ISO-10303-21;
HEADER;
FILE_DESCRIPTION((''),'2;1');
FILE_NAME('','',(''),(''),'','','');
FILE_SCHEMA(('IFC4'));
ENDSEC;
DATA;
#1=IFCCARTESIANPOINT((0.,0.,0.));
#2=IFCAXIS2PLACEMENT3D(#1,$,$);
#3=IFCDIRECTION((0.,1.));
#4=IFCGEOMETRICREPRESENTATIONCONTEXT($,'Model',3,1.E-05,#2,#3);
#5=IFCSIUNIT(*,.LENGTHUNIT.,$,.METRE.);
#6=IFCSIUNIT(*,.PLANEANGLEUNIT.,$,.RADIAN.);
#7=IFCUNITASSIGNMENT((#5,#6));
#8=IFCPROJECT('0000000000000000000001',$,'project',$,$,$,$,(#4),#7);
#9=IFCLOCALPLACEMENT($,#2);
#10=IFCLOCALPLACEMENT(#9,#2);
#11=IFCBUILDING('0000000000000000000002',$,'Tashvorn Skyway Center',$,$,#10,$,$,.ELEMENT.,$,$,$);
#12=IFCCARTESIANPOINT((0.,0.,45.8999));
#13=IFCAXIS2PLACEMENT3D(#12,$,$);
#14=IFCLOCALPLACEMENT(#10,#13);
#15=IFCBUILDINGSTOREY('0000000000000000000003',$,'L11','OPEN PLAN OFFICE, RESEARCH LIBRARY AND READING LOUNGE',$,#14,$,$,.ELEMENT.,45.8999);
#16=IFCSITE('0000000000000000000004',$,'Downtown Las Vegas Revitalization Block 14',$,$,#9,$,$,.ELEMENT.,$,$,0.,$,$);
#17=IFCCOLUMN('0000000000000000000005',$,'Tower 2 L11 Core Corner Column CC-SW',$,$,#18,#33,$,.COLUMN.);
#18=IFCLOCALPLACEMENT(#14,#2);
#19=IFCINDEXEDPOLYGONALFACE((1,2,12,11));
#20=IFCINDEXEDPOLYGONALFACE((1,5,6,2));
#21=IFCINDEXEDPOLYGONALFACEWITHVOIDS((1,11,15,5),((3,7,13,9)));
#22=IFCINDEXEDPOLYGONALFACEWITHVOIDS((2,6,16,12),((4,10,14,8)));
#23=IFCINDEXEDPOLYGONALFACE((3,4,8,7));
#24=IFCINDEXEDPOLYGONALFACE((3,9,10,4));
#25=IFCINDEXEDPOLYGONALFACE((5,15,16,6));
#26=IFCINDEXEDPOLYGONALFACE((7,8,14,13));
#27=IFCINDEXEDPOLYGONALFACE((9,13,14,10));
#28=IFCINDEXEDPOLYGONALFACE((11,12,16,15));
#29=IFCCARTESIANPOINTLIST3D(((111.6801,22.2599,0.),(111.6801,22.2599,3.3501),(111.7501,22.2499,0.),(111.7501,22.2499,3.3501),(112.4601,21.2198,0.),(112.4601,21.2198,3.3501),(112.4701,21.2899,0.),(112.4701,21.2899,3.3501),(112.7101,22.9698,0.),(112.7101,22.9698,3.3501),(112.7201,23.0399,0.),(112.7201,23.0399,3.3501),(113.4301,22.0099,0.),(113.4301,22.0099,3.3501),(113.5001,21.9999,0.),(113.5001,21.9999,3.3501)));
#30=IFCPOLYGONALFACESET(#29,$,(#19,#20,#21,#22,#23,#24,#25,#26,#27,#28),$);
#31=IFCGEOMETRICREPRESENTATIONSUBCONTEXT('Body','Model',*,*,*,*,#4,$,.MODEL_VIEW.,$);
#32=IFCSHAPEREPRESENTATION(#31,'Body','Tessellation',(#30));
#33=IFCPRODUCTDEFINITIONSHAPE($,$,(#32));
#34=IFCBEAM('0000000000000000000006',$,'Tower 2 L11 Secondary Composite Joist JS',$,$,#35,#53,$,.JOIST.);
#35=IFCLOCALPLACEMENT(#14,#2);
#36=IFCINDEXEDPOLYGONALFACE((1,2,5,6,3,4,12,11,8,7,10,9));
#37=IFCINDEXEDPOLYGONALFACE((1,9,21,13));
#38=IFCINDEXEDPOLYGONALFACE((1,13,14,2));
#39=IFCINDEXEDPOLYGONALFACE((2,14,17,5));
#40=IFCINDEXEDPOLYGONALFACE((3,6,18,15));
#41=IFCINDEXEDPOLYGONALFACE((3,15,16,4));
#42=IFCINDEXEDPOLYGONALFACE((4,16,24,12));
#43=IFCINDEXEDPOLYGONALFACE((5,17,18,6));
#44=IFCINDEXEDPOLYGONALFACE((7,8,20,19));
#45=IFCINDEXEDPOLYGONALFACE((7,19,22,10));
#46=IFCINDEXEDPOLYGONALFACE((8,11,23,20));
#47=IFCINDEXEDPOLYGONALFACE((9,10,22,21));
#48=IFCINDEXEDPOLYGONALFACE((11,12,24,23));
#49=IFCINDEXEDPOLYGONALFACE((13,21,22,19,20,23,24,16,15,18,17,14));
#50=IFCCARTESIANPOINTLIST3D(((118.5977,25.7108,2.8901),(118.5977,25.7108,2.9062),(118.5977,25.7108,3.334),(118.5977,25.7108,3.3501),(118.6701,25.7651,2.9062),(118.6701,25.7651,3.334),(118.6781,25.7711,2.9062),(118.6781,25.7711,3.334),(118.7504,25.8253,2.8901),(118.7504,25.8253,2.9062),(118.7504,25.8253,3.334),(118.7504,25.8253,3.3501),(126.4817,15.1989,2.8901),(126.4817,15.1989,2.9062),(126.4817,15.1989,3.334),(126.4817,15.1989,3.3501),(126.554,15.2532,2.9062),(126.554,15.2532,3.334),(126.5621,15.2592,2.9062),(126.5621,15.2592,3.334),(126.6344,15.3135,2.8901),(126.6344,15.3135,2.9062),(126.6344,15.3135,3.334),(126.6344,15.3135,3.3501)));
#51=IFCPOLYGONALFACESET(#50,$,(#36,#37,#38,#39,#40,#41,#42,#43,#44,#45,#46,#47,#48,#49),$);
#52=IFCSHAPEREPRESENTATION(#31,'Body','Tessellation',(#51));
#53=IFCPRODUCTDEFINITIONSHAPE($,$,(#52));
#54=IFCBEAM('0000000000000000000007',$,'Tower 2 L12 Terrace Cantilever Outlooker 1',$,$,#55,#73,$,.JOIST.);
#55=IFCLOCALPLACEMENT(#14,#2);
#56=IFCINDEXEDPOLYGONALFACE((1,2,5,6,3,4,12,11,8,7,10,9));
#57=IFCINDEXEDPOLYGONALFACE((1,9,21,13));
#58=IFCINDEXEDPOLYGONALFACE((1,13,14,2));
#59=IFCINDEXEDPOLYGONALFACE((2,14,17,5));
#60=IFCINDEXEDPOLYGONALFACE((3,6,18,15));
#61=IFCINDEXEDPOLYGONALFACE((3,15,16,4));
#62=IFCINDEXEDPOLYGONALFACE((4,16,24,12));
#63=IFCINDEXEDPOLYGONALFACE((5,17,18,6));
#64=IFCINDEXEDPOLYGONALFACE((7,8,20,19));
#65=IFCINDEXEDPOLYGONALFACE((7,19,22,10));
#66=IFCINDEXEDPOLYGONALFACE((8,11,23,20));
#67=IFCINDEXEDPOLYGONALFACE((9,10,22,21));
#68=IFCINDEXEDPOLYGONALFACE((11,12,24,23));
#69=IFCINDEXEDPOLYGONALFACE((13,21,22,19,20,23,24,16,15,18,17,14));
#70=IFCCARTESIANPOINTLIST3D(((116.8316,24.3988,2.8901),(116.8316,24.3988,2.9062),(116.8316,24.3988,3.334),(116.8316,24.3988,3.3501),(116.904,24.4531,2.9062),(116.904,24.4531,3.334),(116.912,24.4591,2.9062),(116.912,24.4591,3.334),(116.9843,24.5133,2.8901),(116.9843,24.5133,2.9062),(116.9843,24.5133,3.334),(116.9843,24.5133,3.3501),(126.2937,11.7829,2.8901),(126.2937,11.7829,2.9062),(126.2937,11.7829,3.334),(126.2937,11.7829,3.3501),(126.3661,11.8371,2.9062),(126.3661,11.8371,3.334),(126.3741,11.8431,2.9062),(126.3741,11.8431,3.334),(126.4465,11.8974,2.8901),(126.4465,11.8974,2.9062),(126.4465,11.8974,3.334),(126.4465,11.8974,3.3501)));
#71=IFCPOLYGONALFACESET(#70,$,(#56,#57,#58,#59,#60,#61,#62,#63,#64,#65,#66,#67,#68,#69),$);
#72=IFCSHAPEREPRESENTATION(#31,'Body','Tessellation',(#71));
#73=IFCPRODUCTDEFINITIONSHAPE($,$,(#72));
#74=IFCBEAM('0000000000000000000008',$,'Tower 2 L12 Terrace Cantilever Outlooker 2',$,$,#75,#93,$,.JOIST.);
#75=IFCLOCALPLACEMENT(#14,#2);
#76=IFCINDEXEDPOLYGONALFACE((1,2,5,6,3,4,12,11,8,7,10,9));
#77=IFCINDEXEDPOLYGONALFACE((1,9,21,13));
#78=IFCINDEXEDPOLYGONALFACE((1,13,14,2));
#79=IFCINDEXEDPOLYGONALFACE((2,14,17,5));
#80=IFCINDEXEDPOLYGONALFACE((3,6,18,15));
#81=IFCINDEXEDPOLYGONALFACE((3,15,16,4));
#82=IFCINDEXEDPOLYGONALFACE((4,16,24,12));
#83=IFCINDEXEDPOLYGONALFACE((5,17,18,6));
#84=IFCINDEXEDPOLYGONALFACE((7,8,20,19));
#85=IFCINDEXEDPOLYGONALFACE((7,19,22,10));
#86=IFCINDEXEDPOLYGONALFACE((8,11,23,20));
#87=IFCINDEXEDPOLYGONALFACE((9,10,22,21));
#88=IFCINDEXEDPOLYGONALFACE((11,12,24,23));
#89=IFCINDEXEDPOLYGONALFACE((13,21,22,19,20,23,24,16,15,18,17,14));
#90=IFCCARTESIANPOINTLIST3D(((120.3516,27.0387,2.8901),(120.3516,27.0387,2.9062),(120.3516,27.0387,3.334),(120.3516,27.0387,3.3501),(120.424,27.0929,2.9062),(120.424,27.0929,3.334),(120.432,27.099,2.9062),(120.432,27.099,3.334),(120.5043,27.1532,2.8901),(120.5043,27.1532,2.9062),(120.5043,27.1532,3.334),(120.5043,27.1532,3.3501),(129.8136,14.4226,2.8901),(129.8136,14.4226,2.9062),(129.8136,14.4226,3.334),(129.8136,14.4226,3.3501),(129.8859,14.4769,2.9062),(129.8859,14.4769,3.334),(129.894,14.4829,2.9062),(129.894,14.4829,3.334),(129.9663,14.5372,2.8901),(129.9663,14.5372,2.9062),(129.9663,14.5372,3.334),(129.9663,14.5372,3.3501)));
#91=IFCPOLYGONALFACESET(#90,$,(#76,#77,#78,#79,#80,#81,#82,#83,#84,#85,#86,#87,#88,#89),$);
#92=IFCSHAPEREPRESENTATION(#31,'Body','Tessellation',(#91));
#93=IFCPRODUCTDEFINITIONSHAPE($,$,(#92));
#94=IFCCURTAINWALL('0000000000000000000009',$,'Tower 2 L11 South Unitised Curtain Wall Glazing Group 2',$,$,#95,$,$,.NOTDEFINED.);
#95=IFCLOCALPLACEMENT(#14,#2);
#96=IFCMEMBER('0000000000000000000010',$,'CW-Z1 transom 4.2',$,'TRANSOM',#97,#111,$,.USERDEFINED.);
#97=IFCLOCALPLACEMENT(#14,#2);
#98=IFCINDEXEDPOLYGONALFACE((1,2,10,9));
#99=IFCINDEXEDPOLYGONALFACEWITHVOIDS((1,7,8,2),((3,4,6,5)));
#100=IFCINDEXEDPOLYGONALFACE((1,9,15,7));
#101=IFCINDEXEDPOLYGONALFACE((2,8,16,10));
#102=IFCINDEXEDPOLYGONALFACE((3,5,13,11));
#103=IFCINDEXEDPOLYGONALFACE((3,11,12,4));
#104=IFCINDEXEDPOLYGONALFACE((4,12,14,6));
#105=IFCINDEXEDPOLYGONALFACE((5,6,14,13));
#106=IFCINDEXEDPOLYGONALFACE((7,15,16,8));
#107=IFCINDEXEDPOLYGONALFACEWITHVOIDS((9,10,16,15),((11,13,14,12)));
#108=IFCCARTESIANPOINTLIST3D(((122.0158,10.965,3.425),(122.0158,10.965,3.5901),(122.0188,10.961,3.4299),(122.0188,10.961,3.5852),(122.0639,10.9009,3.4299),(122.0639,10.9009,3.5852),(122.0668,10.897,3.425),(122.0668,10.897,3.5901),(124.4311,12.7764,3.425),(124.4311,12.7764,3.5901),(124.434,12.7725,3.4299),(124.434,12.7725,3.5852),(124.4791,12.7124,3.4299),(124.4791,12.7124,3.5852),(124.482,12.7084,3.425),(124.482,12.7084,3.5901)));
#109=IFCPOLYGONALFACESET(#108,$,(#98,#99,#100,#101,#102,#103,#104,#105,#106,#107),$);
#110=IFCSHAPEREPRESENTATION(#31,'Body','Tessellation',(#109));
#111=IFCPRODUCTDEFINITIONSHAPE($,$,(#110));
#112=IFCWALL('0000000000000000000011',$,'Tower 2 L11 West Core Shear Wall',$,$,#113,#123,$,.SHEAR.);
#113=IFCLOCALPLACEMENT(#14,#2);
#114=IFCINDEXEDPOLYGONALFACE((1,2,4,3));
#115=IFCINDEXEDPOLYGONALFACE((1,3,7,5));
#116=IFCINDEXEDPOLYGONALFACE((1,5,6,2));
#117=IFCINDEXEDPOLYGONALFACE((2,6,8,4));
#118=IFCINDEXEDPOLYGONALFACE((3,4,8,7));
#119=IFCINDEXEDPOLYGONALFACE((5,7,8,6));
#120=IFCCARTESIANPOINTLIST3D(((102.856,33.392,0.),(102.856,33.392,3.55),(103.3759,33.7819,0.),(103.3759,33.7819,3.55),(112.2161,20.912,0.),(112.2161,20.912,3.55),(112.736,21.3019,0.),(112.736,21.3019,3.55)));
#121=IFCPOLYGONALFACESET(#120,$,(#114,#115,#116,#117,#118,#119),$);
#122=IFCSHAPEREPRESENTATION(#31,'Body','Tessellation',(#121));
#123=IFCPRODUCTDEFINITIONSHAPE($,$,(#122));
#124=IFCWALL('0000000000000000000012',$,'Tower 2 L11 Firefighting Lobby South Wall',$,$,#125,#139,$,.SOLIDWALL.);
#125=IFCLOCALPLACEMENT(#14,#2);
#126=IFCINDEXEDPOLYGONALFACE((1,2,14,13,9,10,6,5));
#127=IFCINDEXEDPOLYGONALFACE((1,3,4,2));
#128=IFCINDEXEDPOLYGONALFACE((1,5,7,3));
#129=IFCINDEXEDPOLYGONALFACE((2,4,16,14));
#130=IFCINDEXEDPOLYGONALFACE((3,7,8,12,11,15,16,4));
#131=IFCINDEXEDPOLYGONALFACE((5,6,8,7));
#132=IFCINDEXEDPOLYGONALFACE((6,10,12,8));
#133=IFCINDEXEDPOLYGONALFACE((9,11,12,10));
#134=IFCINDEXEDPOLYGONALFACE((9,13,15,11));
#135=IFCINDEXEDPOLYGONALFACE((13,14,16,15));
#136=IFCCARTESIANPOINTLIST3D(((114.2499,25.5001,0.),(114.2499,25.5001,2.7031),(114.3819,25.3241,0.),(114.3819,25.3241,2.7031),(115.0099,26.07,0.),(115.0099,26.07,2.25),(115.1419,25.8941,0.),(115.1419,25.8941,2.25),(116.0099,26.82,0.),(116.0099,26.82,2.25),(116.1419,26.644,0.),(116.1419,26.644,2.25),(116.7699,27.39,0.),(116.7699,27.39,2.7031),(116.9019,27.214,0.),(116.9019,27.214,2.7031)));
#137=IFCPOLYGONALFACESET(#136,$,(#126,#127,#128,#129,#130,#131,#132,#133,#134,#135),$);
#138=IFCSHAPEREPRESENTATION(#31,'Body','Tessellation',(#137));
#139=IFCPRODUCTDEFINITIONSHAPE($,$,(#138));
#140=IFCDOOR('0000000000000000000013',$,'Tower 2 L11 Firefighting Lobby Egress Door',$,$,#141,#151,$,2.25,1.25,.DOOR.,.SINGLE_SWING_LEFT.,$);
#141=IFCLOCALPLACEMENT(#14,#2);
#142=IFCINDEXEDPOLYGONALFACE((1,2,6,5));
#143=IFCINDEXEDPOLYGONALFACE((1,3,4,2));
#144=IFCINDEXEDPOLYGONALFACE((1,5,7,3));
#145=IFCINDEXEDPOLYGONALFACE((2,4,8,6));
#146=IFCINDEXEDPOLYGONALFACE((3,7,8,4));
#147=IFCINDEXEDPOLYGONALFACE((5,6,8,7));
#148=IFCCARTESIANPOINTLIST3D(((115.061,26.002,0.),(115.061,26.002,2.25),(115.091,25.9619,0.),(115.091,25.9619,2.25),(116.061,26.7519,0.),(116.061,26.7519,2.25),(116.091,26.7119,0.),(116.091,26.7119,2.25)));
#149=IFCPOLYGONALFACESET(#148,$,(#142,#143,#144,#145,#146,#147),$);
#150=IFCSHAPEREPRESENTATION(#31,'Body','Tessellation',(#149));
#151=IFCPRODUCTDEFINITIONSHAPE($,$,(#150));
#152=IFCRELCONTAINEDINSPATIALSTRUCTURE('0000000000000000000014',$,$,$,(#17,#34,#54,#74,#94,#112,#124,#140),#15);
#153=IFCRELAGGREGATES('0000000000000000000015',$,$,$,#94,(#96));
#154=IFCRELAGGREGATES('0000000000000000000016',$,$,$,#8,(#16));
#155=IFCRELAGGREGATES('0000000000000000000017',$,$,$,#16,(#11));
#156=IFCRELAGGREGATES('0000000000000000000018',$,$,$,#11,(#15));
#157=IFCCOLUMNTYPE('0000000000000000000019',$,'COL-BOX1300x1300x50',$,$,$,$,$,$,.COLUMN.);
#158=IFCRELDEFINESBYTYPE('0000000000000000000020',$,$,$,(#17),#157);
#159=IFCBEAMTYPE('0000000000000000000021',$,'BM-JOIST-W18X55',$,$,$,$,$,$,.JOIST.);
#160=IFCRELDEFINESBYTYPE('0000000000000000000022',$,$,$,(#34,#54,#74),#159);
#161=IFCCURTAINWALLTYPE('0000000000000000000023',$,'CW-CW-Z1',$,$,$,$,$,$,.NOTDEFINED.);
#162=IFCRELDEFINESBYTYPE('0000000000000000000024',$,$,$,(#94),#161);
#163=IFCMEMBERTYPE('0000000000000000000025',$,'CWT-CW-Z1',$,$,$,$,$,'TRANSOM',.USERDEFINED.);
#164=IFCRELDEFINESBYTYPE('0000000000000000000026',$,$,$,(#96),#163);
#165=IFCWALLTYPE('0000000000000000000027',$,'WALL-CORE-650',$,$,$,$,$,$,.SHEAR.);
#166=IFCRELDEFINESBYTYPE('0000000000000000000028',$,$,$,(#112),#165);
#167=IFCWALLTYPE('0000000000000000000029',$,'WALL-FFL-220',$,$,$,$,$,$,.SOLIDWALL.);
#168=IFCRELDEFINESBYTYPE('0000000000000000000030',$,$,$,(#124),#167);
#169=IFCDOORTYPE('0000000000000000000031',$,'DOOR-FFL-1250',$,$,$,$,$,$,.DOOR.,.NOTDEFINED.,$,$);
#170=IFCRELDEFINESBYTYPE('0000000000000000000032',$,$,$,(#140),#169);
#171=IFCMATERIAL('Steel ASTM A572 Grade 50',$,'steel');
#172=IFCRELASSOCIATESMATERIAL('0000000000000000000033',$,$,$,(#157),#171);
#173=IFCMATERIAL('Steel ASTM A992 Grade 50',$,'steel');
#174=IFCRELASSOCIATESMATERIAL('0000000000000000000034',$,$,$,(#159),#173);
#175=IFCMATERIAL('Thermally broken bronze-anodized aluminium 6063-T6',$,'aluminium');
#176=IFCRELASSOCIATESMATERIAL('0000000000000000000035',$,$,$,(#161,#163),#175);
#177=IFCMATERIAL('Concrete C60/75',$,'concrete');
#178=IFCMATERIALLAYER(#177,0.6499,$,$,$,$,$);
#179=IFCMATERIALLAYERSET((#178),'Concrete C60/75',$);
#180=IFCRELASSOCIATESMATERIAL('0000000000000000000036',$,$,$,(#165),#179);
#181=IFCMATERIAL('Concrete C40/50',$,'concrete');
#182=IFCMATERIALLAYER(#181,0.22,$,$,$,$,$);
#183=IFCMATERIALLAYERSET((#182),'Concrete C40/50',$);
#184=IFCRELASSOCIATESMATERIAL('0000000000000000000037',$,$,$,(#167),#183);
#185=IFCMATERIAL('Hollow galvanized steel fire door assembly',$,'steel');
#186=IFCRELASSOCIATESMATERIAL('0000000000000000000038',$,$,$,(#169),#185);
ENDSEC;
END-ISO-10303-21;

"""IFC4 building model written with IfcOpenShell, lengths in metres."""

from ifc_helpers import new_model, si_unit, direction, frame, frame_2d, origin, origin_2d, place, context, subcontext, project, spatial, rectangle, hollow_rectangle, i_section, extrude, material, layer, layer_set, material_profile, profile_set, type_object, element, fill, aggregate, save


model = new_model("IFC4")

# Units and contexts
model_context = context("Model", 3, precision=1e-05, world=origin(), true_north=direction((0.0, 1.0)))
body_context = subcontext(model_context, "Body", "Model", "MODEL_VIEW")
ifc_project = project(units=[si_unit("LENGTHUNIT", "METRE"), si_unit("PLANEANGLEUNIT", "RADIAN")], contexts=[model_context])

# Site, building, storey
site_placement = place(None, origin())
site = spatial("IfcSite", under=ifc_project, at=site_placement, Name="Downtown Las Vegas Revitalization Block 14", CompositionType="ELEMENT", RefElevation=0.0)
building_placement = place(site_placement, origin())
building = spatial("IfcBuilding", under=site, at=building_placement, Name="Tashvorn Skyway Center", CompositionType="ELEMENT")
storey_placement = place(building_placement, frame((0.0, 0.0, 45.8999)))
storey = spatial("IfcBuildingStorey", under=building, at=storey_placement, Name="L11", Description="OPEN PLAN OFFICE, RESEARCH LIBRARY AND READING LOUNGE", CompositionType="ELEMENT", Elevation=45.8999)

# Column
ifc_material_1 = material(Name="Steel ASTM A572 Grade 50", Category="steel")
ifc_material_profile_1 = material_profile(ifc_material_1, hollow_rectangle(XDim=1.3, YDim=1.3, WallThickness=0.05, at=origin_2d()), Name="BOX1300x1300x50")
ifc_profile_set_1 = profile_set([ifc_material_profile_1], Name="Steel ASTM A572 Grade 50")
column_type = type_object("IfcColumnType", Name="COL-BOX1300x1300x50", PredefinedType="COLUMN", material=ifc_profile_set_1)
column_placement = place(storey_placement, frame((112.5901, 22.1299, 0.0), z_axis=(0.0, 0.0, 1.0), x_axis=(0.8, 0.6, 0.0)))
element("IfcColumn", 1, at=column_placement, inside=storey, type_object=column_type, Name="Tower 2 L11 Core Corner Column CC-SW", PredefinedType="COLUMN", context=body_context, shape_type="SweptSolid", body=[
    extrude(hollow_rectangle(XDim=1.3, YDim=1.3, WallThickness=0.05, at=origin_2d()), origin(), (0.0, 0.0, 1.0), 3.3501),
])

# Beams
ifc_material_2 = material(Name="Steel ASTM A992 Grade 50", Category="steel")
ifc_material_profile_2 = material_profile(ifc_material_2, i_section(OverallWidth=0.1909, OverallDepth=0.46, WebThickness=0.01, FlangeThickness=0.0161, at=origin_2d()), Name="W18X55")
ifc_profile_set_2 = profile_set([ifc_material_profile_2], Name="Steel ASTM A992 Grade 50")
beam_type = type_object("IfcBeamType", Name="BM-JOIST-W18X55", PredefinedType="JOIST", material=ifc_profile_set_2)
beam_placement = place(storey_placement, frame((118.6741, 25.7681, 3.1201), z_axis=(0.600003, -0.799998, 0.0), x_axis=(0.799998, 0.600003, 0.0)))
element("IfcBeam", 2, at=beam_placement, inside=storey, type_object=beam_type, Name="Tower 2 L11 Secondary Composite Joist JS", PredefinedType="JOIST", context=body_context, shape_type="SweptSolid", body=[
    extrude(i_section(OverallWidth=0.1909, OverallDepth=0.46, WebThickness=0.01, FlangeThickness=0.0161, at=origin_2d()), origin(), (0.0, 0.0, 1.0), 13.1399),
])
for number, where, z_axis, x_axis, name in (
    (3, (116.908, 24.4561, 3.1201), (0.600007, -0.799994, 0.0), (0.799994, 0.600007, 0.0), "Tower 2 L12 Terrace Cantilever Outlooker 1"),
    (4, (120.428, 27.0959, 3.1201), (0.599998, -0.800002, 0.0), (0.800002, 0.599998, 0.0), "Tower 2 L12 Terrace Cantilever Outlooker 2"),
):
    element("IfcBeam", number, at=place(storey_placement, frame(where, z_axis=z_axis, x_axis=x_axis)), inside=storey, type_object=beam_type, Name=name, PredefinedType="JOIST", context=body_context, shape_type="SweptSolid", body=[
        extrude(i_section(OverallWidth=0.1909, OverallDepth=0.46, WebThickness=0.01, FlangeThickness=0.0161, at=origin_2d()), origin(), (0.0, 0.0, 1.0), 15.77),
    ])

# Curtain wall, member
ifc_material_3 = material(Name="Thermally broken bronze-anodized aluminium 6063-T6", Category="aluminium")
curtain_wall_type = type_object("IfcCurtainWallType", Name="CW-CW-Z1", PredefinedType="NOTDEFINED", material=ifc_material_3)
curtain_wall_placement = place(storey_placement, origin())
curtain_wall = element("IfcCurtainWall", 5, at=curtain_wall_placement, inside=storey, type_object=curtain_wall_type, Name="Tower 2 L11 South Unitised Curtain Wall Glazing Group 2", PredefinedType="NOTDEFINED")
ifc_material_profile_3 = material_profile(ifc_material_3, hollow_rectangle(XDim=0.085, YDim=0.165, WallThickness=0.0049, at=origin_2d()), Name="ALU-TRAN-85x165")
ifc_profile_set_3 = profile_set([ifc_material_profile_3], Name="Thermally broken bronze-anodized aluminium 6063-T6")
member_type = type_object("IfcMemberType", Name="CWT-CW-Z1", ElementType="TRANSOM", PredefinedType="USERDEFINED", material=ifc_profile_set_3)
member_placement = place(storey_placement, frame((124.4565, 12.7424, 3.5076), z_axis=(-0.79999, -0.600013, 0.0), x_axis=(0.600013, -0.79999, 0.0)))
member = element("IfcMember", 6, at=member_placement, type_object=member_type, Name="CW-Z1 transom 4.2", ObjectType="TRANSOM", PredefinedType="USERDEFINED", context=body_context, shape_type="SweptSolid", body=[
    extrude(hollow_rectangle(XDim=0.085, YDim=0.165, WallThickness=0.0049, at=origin_2d()), origin(), (0.0, 0.0, 1.0), 3.019),
])
aggregate(curtain_wall, [member])

# Wall
ifc_material_4 = material(Name="Concrete C60/75", Category="concrete")
ifc_layer_1 = layer(ifc_material_4, 0.6499)
ifc_layer_set_1 = layer_set([ifc_layer_1], Name="Concrete C60/75")
wall_type_1 = type_object("IfcWallType", Name="WALL-CORE-650", PredefinedType="SHEAR", material=ifc_layer_set_1)
wall_1_placement = place(storey_placement, frame((112.4761, 21.1069, 0.0), z_axis=(0.0, 0.0, 1.0), x_axis=(-0.600005, 0.799996, 0.0)))
element("IfcWall", 7, at=wall_1_placement, inside=storey, type_object=wall_type_1, Name="Tower 2 L11 West Core Shear Wall", PredefinedType="SHEAR", context=body_context, shape_type="SweptSolid", body=[
    extrude(rectangle(XDim=15.6001, YDim=0.6499, at=frame_2d((7.8, 0.0))), origin(), (0.0, 0.0, 1.0), 3.55),
])

# Wall, opening, door
ifc_material_5 = material(Name="Concrete C40/50", Category="concrete")
ifc_layer_2 = layer(ifc_material_5, 0.22)
ifc_layer_set_2 = layer_set([ifc_layer_2], Name="Concrete C40/50")
wall_type_2 = type_object("IfcWallType", Name="WALL-FFL-220", PredefinedType="SOLIDWALL", material=ifc_layer_set_2)
wall_2_placement = place(storey_placement, frame((114.3159, 25.4121, 0.0), z_axis=(0.0, 0.0, 1.0), x_axis=(0.800019, 0.599975, 0.0)))
wall_2 = element("IfcWall", 8, at=wall_2_placement, inside=storey, type_object=wall_type_2, Name="Tower 2 L11 Firefighting Lobby South Wall", PredefinedType="SOLIDWALL", context=body_context, shape_type="SweptSolid", body=[
    extrude(rectangle(XDim=3.1499, YDim=0.22, at=frame_2d((1.575, 0.0))), origin(), (0.0, 0.0, 1.0), 2.7031),
])
opening_1_placement = place(wall_2_placement, frame((0.95, 0.0, 0.0)))
opening_1 = element("IfcOpeningElement", 9, at=opening_1_placement, cuts=wall_2, PredefinedType="OPENING", context=body_context, shape_type="SweptSolid", body=[
    extrude(rectangle(XDim=1.25, YDim=2.25, at=frame_2d((0.625, 1.125))), frame((0.0, 0.1199, 0.0), z_axis=(0.0, -1.0, 0.0), x_axis=(1.0, 0.0, 0.0)), (0.0, 0.0, 1.0), 0.24),
])
ifc_material_6 = material(Name="Hollow galvanized steel fire door assembly", Category="steel")
door_type_1 = type_object("IfcDoorType", Name="DOOR-FFL-1250", OperationType="NOTDEFINED", PredefinedType="DOOR", material=ifc_material_6)
door_1_placement = place(opening_1_placement, origin())
door_1 = element("IfcDoor", 10, at=door_1_placement, inside=storey, type_object=door_type_1, Name="Tower 2 L11 Firefighting Lobby Egress Door", OperationType="SINGLE_SWING_LEFT", OverallHeight=2.25, OverallWidth=1.25, PredefinedType="DOOR", context=body_context, shape_type="SweptSolid", body=[
    extrude(rectangle(XDim=1.25, YDim=2.25, at=frame_2d((0.625, 1.125))), frame((0.0, 0.0249, 0.0), z_axis=(0.0, -1.0, 0.0), x_axis=(1.0, 0.0, 0.0)), (0.0, 0.0, 1.0), 0.05),
])
fill(opening_1, door_1)

save(model, "model.ifc")
